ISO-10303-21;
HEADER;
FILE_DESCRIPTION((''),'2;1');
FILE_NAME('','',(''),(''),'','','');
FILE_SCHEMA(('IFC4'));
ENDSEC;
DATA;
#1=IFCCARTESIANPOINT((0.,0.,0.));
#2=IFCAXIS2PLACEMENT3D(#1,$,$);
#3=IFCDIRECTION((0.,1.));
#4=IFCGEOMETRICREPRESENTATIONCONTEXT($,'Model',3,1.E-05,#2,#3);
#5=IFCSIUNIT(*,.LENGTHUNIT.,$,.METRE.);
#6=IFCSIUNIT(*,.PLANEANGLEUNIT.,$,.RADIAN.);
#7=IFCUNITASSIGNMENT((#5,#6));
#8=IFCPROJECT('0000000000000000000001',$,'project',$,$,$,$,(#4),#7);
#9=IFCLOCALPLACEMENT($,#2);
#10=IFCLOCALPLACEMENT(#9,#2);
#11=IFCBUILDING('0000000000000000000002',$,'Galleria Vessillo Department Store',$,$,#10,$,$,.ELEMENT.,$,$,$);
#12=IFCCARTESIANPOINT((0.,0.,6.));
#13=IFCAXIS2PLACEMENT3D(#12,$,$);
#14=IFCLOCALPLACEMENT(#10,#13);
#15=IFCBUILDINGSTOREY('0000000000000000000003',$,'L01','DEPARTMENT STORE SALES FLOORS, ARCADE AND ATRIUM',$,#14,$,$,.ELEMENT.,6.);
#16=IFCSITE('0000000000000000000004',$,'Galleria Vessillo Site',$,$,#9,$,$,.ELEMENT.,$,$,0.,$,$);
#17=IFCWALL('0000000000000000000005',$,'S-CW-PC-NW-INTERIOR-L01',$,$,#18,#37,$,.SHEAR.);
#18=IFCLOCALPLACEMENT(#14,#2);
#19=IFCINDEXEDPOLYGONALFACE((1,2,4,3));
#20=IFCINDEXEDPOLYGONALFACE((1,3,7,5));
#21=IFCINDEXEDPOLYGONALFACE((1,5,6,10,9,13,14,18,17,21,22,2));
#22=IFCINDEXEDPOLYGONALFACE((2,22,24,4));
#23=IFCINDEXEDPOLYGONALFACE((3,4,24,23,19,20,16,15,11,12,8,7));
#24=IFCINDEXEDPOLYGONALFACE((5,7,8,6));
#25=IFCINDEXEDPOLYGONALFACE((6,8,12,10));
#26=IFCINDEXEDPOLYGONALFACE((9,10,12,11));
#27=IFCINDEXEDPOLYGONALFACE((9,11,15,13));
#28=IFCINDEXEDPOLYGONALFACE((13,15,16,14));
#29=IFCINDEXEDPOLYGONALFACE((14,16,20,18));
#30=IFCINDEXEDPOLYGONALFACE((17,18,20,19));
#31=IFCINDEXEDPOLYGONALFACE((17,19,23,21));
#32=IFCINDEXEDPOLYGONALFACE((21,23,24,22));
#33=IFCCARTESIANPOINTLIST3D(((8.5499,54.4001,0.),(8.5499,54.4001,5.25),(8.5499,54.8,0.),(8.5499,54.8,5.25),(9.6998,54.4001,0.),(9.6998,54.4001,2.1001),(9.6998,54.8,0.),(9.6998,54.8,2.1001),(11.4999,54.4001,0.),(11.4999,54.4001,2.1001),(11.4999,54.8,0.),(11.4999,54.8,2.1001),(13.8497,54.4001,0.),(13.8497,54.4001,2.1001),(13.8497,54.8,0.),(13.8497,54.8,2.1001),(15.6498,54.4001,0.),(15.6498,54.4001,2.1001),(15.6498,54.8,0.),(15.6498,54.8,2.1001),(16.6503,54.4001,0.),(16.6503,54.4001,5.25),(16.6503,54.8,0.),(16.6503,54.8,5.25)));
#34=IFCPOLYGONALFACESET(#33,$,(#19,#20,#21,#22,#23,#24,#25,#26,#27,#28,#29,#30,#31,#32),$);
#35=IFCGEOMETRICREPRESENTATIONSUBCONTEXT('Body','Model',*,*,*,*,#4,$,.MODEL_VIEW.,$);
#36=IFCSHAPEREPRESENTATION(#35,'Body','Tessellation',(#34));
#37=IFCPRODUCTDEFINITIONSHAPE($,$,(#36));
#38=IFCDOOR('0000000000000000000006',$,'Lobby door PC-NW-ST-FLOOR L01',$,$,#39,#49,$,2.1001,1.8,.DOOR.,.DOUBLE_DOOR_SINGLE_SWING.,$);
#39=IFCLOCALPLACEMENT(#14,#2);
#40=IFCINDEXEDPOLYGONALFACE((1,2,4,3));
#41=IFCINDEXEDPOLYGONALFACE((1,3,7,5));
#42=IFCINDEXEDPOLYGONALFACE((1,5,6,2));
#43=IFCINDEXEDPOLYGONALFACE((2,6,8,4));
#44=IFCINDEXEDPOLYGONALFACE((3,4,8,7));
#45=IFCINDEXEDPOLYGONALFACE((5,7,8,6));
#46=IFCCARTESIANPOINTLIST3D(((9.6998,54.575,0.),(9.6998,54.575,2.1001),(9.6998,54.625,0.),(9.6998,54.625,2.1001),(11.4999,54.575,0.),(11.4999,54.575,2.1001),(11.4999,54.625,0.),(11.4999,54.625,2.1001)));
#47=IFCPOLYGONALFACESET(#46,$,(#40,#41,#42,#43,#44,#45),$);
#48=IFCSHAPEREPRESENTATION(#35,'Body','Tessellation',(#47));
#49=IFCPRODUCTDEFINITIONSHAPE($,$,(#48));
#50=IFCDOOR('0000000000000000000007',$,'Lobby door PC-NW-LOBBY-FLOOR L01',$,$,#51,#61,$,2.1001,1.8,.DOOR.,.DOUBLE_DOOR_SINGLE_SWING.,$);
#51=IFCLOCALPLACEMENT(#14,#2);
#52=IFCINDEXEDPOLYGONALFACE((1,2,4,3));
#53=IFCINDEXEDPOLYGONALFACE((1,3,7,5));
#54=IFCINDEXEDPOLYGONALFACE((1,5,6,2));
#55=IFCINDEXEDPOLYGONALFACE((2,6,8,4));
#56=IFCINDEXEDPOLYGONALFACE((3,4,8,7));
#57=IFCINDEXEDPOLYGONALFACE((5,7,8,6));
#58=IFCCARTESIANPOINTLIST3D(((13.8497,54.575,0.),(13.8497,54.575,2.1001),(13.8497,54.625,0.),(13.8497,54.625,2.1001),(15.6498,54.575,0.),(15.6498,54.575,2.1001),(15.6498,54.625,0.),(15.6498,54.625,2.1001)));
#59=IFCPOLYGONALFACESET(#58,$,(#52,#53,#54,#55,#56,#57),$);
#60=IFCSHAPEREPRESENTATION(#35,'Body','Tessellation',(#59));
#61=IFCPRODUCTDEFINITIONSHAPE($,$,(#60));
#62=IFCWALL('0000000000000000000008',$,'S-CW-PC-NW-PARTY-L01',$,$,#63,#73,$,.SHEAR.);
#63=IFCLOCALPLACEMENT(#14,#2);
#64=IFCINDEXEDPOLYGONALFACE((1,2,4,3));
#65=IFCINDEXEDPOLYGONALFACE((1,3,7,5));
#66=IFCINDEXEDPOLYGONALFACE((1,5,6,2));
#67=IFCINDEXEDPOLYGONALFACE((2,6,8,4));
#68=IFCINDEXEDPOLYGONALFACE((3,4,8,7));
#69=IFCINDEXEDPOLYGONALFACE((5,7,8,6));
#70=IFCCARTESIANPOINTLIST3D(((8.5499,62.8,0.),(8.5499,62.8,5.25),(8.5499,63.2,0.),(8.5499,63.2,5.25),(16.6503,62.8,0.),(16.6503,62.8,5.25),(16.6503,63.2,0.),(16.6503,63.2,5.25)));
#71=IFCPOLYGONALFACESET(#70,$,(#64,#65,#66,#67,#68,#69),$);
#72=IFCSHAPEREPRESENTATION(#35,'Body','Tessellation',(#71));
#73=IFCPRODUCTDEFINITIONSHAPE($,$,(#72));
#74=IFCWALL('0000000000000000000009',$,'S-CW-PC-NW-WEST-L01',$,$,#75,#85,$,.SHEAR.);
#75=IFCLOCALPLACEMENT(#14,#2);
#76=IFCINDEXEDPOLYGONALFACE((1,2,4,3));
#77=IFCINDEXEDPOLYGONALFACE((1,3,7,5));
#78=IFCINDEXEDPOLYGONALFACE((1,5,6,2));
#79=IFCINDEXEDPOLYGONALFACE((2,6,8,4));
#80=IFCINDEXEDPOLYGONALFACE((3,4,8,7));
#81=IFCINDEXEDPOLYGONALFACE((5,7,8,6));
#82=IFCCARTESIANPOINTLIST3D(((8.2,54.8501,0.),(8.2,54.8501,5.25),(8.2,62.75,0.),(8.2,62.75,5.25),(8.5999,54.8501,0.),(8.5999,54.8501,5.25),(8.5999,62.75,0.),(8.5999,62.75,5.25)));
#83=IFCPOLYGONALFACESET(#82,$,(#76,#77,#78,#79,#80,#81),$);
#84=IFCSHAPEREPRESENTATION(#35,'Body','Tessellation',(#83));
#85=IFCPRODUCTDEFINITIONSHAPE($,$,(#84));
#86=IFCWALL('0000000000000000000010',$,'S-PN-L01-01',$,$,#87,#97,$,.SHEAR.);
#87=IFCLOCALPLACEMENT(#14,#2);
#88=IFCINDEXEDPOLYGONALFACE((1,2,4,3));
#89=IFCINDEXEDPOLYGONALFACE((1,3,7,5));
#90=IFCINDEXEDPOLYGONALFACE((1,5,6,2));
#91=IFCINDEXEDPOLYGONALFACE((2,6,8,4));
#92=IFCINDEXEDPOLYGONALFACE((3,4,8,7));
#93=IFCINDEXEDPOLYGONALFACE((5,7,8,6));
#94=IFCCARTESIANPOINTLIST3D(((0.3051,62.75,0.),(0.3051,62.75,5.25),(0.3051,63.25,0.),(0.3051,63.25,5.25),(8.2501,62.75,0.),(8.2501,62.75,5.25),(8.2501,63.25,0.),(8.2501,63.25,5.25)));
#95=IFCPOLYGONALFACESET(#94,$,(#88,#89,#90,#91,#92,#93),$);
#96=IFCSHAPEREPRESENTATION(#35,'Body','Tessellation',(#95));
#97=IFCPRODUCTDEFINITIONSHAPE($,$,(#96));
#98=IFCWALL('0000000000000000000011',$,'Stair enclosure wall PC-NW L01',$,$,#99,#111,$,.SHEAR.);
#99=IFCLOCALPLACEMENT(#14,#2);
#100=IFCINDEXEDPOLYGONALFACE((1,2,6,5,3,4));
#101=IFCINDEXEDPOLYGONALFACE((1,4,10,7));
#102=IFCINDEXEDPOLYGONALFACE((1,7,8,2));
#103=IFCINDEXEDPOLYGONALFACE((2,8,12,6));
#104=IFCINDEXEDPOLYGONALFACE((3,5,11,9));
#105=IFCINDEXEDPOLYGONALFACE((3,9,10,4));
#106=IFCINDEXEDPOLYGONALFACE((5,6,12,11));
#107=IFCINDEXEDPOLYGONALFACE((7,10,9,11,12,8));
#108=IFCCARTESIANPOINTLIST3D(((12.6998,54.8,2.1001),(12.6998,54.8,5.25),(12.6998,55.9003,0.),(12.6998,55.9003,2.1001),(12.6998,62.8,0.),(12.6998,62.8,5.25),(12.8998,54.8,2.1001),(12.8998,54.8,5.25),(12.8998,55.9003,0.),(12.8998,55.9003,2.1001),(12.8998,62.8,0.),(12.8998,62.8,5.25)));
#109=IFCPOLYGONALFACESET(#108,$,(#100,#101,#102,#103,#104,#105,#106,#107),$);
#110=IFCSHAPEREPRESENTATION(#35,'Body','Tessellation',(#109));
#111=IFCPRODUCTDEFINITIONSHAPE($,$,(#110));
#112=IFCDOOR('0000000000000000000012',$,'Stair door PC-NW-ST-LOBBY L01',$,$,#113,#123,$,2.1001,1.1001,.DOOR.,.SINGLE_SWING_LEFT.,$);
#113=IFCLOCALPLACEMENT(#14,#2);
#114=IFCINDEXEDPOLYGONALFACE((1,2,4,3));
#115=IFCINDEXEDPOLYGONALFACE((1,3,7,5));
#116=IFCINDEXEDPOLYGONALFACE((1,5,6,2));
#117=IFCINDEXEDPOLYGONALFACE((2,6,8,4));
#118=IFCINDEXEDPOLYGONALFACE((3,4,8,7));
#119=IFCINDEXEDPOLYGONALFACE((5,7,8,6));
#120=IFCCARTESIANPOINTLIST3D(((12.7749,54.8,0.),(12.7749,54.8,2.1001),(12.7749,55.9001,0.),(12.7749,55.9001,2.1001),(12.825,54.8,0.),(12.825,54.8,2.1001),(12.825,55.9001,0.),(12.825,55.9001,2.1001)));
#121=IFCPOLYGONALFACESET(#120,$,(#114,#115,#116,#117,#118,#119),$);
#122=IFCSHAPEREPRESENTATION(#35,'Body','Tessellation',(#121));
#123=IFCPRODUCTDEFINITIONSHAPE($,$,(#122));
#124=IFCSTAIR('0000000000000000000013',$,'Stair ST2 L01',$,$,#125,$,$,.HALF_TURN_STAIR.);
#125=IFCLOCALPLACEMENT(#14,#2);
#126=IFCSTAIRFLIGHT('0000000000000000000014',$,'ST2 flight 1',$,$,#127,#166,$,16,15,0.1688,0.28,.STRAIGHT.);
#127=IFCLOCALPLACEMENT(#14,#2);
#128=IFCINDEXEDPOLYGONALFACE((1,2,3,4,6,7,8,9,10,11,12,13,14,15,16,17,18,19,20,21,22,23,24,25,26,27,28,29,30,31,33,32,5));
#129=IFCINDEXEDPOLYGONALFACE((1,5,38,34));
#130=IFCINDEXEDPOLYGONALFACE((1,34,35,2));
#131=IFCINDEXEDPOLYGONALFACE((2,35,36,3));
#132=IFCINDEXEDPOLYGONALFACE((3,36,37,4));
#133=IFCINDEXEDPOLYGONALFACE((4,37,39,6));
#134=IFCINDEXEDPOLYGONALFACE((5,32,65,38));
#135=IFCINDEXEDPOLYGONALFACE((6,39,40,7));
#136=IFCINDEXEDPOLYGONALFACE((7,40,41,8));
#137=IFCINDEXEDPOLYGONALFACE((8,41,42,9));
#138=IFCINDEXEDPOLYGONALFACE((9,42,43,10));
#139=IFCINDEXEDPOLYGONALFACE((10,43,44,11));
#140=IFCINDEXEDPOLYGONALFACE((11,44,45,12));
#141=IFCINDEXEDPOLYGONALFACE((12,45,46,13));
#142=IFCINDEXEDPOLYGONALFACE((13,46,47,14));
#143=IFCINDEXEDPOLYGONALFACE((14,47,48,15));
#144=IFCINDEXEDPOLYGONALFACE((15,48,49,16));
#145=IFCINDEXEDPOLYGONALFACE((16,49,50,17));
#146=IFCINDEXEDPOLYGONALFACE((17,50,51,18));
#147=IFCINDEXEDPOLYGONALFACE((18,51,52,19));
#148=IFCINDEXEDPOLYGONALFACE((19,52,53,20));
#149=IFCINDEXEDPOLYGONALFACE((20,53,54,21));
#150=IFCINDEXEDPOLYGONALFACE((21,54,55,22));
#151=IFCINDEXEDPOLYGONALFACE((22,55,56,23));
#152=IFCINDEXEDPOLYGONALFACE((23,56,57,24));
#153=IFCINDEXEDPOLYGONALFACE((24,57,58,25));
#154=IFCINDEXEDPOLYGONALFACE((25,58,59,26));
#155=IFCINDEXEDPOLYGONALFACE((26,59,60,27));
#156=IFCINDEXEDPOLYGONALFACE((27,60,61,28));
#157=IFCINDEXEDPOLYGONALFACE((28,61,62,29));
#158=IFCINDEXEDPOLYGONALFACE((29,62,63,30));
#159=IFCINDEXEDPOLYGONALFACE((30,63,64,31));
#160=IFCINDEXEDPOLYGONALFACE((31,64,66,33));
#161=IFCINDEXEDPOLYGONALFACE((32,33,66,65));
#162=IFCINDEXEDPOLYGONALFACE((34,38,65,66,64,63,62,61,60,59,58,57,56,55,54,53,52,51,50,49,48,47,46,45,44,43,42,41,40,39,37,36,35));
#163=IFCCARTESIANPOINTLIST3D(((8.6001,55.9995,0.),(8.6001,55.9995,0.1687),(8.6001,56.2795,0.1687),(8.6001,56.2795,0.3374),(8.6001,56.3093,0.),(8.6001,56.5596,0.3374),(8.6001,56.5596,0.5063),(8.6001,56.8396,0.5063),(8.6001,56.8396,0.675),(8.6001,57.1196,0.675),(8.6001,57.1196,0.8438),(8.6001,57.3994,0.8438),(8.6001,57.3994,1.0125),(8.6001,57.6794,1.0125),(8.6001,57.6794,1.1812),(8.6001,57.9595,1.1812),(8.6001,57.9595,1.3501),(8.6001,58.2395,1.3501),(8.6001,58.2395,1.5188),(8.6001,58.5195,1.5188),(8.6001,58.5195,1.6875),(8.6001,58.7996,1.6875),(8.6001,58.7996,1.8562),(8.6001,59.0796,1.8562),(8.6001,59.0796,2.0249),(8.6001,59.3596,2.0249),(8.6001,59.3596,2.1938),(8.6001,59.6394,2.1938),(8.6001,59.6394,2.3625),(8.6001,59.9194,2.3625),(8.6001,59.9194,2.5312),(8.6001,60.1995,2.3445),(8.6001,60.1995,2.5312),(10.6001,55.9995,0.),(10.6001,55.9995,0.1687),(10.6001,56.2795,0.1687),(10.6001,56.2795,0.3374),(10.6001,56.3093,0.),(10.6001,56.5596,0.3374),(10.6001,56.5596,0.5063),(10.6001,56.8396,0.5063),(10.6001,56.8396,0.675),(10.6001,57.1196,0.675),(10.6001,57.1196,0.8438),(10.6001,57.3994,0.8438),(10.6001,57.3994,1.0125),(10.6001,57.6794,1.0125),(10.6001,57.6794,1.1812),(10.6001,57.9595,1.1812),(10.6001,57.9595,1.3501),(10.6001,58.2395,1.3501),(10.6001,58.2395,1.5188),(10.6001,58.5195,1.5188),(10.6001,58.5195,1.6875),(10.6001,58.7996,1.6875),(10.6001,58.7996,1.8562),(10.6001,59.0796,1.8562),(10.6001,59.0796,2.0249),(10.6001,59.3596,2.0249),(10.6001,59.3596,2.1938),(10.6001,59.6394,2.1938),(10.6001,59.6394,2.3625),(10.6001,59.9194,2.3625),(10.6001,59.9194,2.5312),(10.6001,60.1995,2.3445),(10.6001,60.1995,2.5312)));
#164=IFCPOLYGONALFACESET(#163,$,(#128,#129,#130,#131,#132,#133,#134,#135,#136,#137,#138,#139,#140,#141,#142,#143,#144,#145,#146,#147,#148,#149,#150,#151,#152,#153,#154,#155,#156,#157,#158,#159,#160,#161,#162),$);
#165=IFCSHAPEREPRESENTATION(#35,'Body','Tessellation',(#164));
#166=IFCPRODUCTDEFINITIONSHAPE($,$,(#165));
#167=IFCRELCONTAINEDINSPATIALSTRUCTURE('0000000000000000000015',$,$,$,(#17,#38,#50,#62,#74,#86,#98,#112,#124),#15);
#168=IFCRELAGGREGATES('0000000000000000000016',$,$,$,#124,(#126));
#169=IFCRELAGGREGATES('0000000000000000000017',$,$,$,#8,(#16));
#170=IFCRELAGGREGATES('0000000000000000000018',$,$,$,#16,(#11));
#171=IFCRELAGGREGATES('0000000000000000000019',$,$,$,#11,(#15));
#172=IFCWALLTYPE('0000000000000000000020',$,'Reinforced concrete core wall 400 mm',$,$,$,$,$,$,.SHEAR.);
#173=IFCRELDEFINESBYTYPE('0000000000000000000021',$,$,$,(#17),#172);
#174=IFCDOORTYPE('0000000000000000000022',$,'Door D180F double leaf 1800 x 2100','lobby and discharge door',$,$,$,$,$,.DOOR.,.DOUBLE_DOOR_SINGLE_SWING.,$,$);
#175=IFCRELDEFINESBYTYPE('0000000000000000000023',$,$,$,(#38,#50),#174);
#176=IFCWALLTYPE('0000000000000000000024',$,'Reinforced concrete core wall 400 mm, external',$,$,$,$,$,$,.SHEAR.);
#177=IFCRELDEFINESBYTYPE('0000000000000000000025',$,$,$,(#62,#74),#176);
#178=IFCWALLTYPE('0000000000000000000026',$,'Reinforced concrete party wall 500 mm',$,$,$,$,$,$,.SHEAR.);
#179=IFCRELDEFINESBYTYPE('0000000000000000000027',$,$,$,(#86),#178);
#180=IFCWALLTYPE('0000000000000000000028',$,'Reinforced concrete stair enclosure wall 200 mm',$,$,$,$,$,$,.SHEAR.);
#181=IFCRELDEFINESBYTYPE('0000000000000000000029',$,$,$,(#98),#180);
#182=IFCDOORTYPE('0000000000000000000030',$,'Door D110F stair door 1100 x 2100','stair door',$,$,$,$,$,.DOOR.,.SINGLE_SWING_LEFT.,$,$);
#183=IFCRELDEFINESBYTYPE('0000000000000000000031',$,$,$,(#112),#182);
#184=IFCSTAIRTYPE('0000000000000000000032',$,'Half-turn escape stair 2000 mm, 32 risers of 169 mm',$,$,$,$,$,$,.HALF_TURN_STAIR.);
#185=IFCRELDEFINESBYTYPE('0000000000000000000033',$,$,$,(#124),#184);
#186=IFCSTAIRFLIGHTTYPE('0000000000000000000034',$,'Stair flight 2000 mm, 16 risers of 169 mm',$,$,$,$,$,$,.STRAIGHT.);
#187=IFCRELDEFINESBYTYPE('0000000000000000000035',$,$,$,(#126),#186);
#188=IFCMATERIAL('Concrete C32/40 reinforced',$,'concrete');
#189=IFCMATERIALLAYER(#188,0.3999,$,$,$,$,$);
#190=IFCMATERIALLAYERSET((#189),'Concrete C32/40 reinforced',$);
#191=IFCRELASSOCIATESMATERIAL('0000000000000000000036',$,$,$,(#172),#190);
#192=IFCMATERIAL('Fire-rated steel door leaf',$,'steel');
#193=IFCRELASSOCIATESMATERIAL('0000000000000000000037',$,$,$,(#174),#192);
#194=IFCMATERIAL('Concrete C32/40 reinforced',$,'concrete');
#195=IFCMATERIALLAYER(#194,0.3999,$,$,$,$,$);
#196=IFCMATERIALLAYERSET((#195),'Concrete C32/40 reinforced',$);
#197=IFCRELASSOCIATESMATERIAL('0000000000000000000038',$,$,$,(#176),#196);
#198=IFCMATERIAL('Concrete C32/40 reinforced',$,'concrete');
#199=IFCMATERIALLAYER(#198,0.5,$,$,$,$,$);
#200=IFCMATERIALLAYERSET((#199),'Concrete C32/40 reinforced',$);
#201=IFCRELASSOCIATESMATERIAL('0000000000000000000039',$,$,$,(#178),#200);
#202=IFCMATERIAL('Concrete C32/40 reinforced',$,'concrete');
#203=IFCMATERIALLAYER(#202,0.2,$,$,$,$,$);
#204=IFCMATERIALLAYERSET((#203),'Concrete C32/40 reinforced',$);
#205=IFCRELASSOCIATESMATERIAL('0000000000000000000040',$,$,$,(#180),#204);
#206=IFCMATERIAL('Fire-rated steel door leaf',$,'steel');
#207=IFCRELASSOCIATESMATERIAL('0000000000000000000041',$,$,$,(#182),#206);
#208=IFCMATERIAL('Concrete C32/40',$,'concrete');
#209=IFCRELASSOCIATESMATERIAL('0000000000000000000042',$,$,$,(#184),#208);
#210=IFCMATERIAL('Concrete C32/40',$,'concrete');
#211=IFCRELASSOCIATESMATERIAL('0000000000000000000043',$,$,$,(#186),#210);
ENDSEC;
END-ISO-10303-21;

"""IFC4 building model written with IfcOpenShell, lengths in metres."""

from ifc_helpers import new_model, si_unit, direction, frame, frame_2d, origin, place, context, subcontext, project, spatial, polyline, rectangle, outline, extrude, material, layer, layer_set, type_object, element, fill, aggregate, save


model = new_model("IFC4")

# Units and contexts
model_context = context("Model", 3, precision=1e-05, world=origin(), true_north=direction((0.0, 1.0)))
body_context = subcontext(model_context, "Body", "Model", "MODEL_VIEW")
ifc_project = project(units=[si_unit("LENGTHUNIT", "METRE"), si_unit("PLANEANGLEUNIT", "RADIAN")], contexts=[model_context])

# Site, building, storey
site_placement = place(None, origin())
site = spatial("IfcSite", under=ifc_project, at=site_placement, Name="Galleria Vessillo Site", CompositionType="ELEMENT", RefElevation=0.0)
building_placement = place(site_placement, origin())
building = spatial("IfcBuilding", under=site, at=building_placement, Name="Galleria Vessillo Department Store", CompositionType="ELEMENT")
storey_placement = place(building_placement, frame((0.0, 0.0, 6.0)))
storey = spatial("IfcBuildingStorey", under=building, at=storey_placement, Name="L01", Description="DEPARTMENT STORE SALES FLOORS, ARCADE AND ATRIUM", CompositionType="ELEMENT", Elevation=6.0)

# Wall, openings, doors
ifc_material_1 = material(Name="Concrete C32/40 reinforced", Category="concrete")
ifc_layer_1 = layer(ifc_material_1, 0.3999)
ifc_layer_set_1 = layer_set([ifc_layer_1], Name="Concrete C32/40 reinforced")
wall_type_1 = type_object("IfcWallType", Name="Reinforced concrete core wall 400 mm", PredefinedType="SHEAR", material=ifc_layer_set_1)
wall_1_placement = place(storey_placement, frame((8.5498, 54.6001, 0.0), z_axis=(0.0, 0.0, 1.0), x_axis=(1.0, 0.0, 0.0)))
wall_1 = element("IfcWall", 1, at=wall_1_placement, inside=storey, type_object=wall_type_1, Name="S-CW-PC-NW-INTERIOR-L01", PredefinedType="SHEAR", context=body_context, shape_type="SweptSolid", body=[
    extrude(rectangle(XDim=8.1003, YDim=0.3999, at=frame_2d((4.0503, 0.0))), origin(), (0.0, 0.0, 1.0), 5.25),
])
opening_1_placement = place(wall_1_placement, frame((1.1501, 0.0, 0.0)))
opening_1 = element("IfcOpeningElement", 2, at=opening_1_placement, cuts=wall_1, PredefinedType="OPENING", context=body_context, shape_type="SweptSolid", body=[
    extrude(rectangle(XDim=1.8, YDim=2.1001, at=frame_2d((0.8999, 1.05))), frame((0.0, 0.21, 0.0), z_axis=(0.0, -1.0, 0.0), x_axis=(1.0, 0.0, 0.0)), (0.0, 0.0, 1.0), 0.4199),
])
opening_2_placement = place(wall_1_placement, frame((5.3, 0.0, 0.0)))
opening_2 = element("IfcOpeningElement", 3, at=opening_2_placement, cuts=wall_1, PredefinedType="OPENING", context=body_context, shape_type="SweptSolid", body=[
    extrude(rectangle(XDim=1.8, YDim=2.1001, at=frame_2d((0.8999, 1.05))), frame((0.0, 0.21, 0.0), z_axis=(0.0, -1.0, 0.0), x_axis=(1.0, 0.0, 0.0)), (0.0, 0.0, 1.0), 0.4199),
])
ifc_material_2 = material(Name="Fire-rated steel door leaf", Category="steel")
door_type_1 = type_object("IfcDoorType", Name="Door D180F double leaf 1800 x 2100", Description="lobby and discharge door", OperationType="DOUBLE_DOOR_SINGLE_SWING", PredefinedType="DOOR", material=ifc_material_2)
door_1_placement = place(opening_1_placement, origin())
door_1 = element("IfcDoor", 4, at=door_1_placement, inside=storey, type_object=door_type_1, Name="Lobby door PC-NW-ST-FLOOR L01", OperationType="DOUBLE_DOOR_SINGLE_SWING", OverallHeight=2.1001, OverallWidth=1.8, PredefinedType="DOOR", context=body_context, shape_type="SweptSolid", body=[
    extrude(rectangle(XDim=1.8, YDim=2.1001, at=frame_2d((0.8999, 1.05))), frame((0.0, 0.0249, 0.0), z_axis=(0.0, -1.0, 0.0), x_axis=(1.0, 0.0, 0.0)), (0.0, 0.0, 1.0), 0.05),
])
fill(opening_1, door_1)
door_2_placement = place(opening_2_placement, origin())
door_2 = element("IfcDoor", 5, at=door_2_placement, inside=storey, type_object=door_type_1, Name="Lobby door PC-NW-LOBBY-FLOOR L01", OperationType="DOUBLE_DOOR_SINGLE_SWING", OverallHeight=2.1001, OverallWidth=1.8, PredefinedType="DOOR", context=body_context, shape_type="SweptSolid", body=[
    extrude(rectangle(XDim=1.8, YDim=2.1001, at=frame_2d((0.8999, 1.05))), frame((0.0, 0.0249, 0.0), z_axis=(0.0, -1.0, 0.0), x_axis=(1.0, 0.0, 0.0)), (0.0, 0.0, 1.0), 0.05),
])
fill(opening_2, door_2)

# Walls
ifc_material_3 = material(Name="Concrete C32/40 reinforced", Category="concrete")
ifc_layer_2 = layer(ifc_material_3, 0.3999)
ifc_layer_set_2 = layer_set([ifc_layer_2], Name="Concrete C32/40 reinforced")
wall_type_2 = type_object("IfcWallType", Name="Reinforced concrete core wall 400 mm, external", PredefinedType="SHEAR", material=ifc_layer_set_2)
wall_2_placement = place(storey_placement, frame((8.5498, 63.0, 0.0), z_axis=(0.0, 0.0, 1.0), x_axis=(1.0, 0.0, 0.0)))
element("IfcWall", 6, at=wall_2_placement, inside=storey, type_object=wall_type_2, Name="S-CW-PC-NW-PARTY-L01", PredefinedType="SHEAR", context=body_context, shape_type="SweptSolid", body=[
    extrude(rectangle(XDim=8.1003, YDim=0.3999, at=frame_2d((4.0503, 0.0))), origin(), (0.0, 0.0, 1.0), 5.25),
])
wall_3_placement = place(storey_placement, frame((8.3999, 54.8501, 0.0), z_axis=(0.0, 0.0, 1.0), x_axis=(0.0, 1.0, 0.0)))
element("IfcWall", 7, at=wall_3_placement, inside=storey, type_object=wall_type_2, Name="S-CW-PC-NW-WEST-L01", PredefinedType="SHEAR", context=body_context, shape_type="SweptSolid", body=[
    extrude(rectangle(XDim=7.8999, YDim=0.3999, at=frame_2d((3.95, 0.0))), origin(), (0.0, 0.0, 1.0), 5.25),
])
ifc_material_4 = material(Name="Concrete C32/40 reinforced", Category="concrete")
ifc_layer_3 = layer(ifc_material_4, 0.5)
ifc_layer_set_3 = layer_set([ifc_layer_3], Name="Concrete C32/40 reinforced")
wall_type_3 = type_object("IfcWallType", Name="Reinforced concrete party wall 500 mm", PredefinedType="SHEAR", material=ifc_layer_set_3)
wall_4_placement = place(storey_placement, frame((0.3049, 63.0, 0.0), z_axis=(0.0, 0.0, 1.0), x_axis=(1.0, 0.0, 0.0)))
element("IfcWall", 8, at=wall_4_placement, inside=storey, type_object=wall_type_3, Name="S-PN-L01-01", PredefinedType="SHEAR", context=body_context, shape_type="SweptSolid", body=[
    extrude(rectangle(XDim=7.9451, YDim=0.5, at=frame_2d((3.9727, 0.0))), origin(), (0.0, 0.0, 1.0), 5.25),
])

# Wall, opening, door
ifc_material_5 = material(Name="Concrete C32/40 reinforced", Category="concrete")
ifc_layer_4 = layer(ifc_material_5, 0.2)
ifc_layer_set_4 = layer_set([ifc_layer_4], Name="Concrete C32/40 reinforced")
wall_type_4 = type_object("IfcWallType", Name="Reinforced concrete stair enclosure wall 200 mm", PredefinedType="SHEAR", material=ifc_layer_set_4)
wall_5_placement = place(storey_placement, frame((12.7998, 62.8, 0.0), z_axis=(0.0, 0.0, 1.0), x_axis=(0.0, -1.0, 0.0)))
wall_5 = element("IfcWall", 9, at=wall_5_placement, inside=storey, type_object=wall_type_4, Name="Stair enclosure wall PC-NW L01", PredefinedType="SHEAR", context=body_context, shape_type="SweptSolid", body=[
    extrude(rectangle(XDim=8.0, YDim=0.2, at=frame_2d((4.0, 0.0))), origin(), (0.0, 0.0, 1.0), 5.25),
])
opening_3_placement = place(wall_5_placement, frame((6.8999, 0.0, 0.0)))
opening_3 = element("IfcOpeningElement", 10, at=opening_3_placement, cuts=wall_5, PredefinedType="OPENING", context=body_context, shape_type="SweptSolid", body=[
    extrude(rectangle(XDim=1.1101, YDim=2.1001, at=frame_2d((0.5549, 1.05))), frame((0.0, 0.1099, 0.0), z_axis=(0.0, -1.0, 0.0), x_axis=(1.0, 0.0, 0.0)), (0.0, 0.0, 1.0), 0.22),
])
ifc_material_6 = material(Name="Fire-rated steel door leaf", Category="steel")
door_type_2 = type_object("IfcDoorType", Name="Door D110F stair door 1100 x 2100", Description="stair door", OperationType="SINGLE_SWING_LEFT", PredefinedType="DOOR", material=ifc_material_6)
door_3_placement = place(opening_3_placement, frame((1.1001, 0.0, 0.0), z_axis=(0.0, 0.0, 1.0), x_axis=(-1.0, 0.0, 0.0)))
door_3 = element("IfcDoor", 11, at=door_3_placement, inside=storey, type_object=door_type_2, Name="Stair door PC-NW-ST-LOBBY L01", OperationType="SINGLE_SWING_LEFT", OverallHeight=2.1001, OverallWidth=1.1001, PredefinedType="DOOR", context=body_context, shape_type="SweptSolid", body=[
    extrude(rectangle(XDim=1.1001, YDim=2.1001, at=frame_2d((0.55, 1.05))), frame((0.0, 0.0249, 0.0), z_axis=(0.0, -1.0, 0.0), x_axis=(1.0, 0.0, 0.0)), (0.0, 0.0, 1.0), 0.05),
])
fill(opening_3, door_3)

# Stair, stair flight
ifc_material_7 = material(Name="Concrete C32/40", Category="concrete")
stair_type = type_object("IfcStairType", Name="Half-turn escape stair 2000 mm, 32 risers of 169 mm", PredefinedType="HALF_TURN_STAIR", material=ifc_material_7)
stair_placement = place(storey_placement, origin())
stair = element("IfcStair", 12, at=stair_placement, inside=storey, type_object=stair_type, Name="Stair ST2 L01", PredefinedType="HALF_TURN_STAIR")
ifc_material_8 = material(Name="Concrete C32/40", Category="concrete")
stair_flight_type = type_object("IfcStairFlightType", Name="Stair flight 2000 mm, 16 risers of 169 mm", PredefinedType="STRAIGHT", material=ifc_material_8)
stair_flight_1_placement = place(storey_placement, frame((9.6001, 55.9995, 0.0), z_axis=(0.0, 0.0, 1.0), x_axis=(0.0, 1.0, 0.0)))
stair_flight_1 = element("IfcStairFlight", 13, at=stair_flight_1_placement, type_object=stair_flight_type, Name="ST2 flight 1", NumberOfRisers=16, NumberOfTreads=15, PredefinedType="STRAIGHT", RiserHeight=0.1688, TreadLength=0.28, context=body_context, shape_type="SweptSolid", body=[
    extrude(outline(polyline([(0.0, 0.0), (0.0, 0.1687), (0.28, 0.1687), (0.28, 0.3374), (0.5601, 0.3374), (0.5601, 0.5063), (0.8401, 0.5063), (0.8401, 0.675), (1.1201, 0.675), (1.1201, 0.8438), (1.3999, 0.8438), (1.3999, 1.0125), (1.6799, 1.0125), (1.6799, 1.1812), (1.96, 1.1812), (1.96, 1.3501), (2.24, 1.3501), (2.24, 1.5188), (2.52, 1.5188), (2.52, 1.6875), (2.8, 1.6875), (2.8, 1.8562), (3.0801, 1.8562), (3.0801, 2.0249), (3.3601, 2.0249), (3.3601, 2.1938), (3.6399, 2.1938), (3.6399, 2.3625), (3.9199, 2.3625), (3.9199, 2.5312), (4.2, 2.5312), (4.2, 2.7), (4.2, 2.3445), (0.3098, 0.0), (0.0, 0.0)])), frame((0.0, 1.0, 0.0), z_axis=(0.0, -1.0, 0.0), x_axis=(1.0, 0.0, 0.0)), (0.0, 0.0, 1.0), 2.0),
])
aggregate(stair, [stair_flight_1])

save(model, "model.ifc")
